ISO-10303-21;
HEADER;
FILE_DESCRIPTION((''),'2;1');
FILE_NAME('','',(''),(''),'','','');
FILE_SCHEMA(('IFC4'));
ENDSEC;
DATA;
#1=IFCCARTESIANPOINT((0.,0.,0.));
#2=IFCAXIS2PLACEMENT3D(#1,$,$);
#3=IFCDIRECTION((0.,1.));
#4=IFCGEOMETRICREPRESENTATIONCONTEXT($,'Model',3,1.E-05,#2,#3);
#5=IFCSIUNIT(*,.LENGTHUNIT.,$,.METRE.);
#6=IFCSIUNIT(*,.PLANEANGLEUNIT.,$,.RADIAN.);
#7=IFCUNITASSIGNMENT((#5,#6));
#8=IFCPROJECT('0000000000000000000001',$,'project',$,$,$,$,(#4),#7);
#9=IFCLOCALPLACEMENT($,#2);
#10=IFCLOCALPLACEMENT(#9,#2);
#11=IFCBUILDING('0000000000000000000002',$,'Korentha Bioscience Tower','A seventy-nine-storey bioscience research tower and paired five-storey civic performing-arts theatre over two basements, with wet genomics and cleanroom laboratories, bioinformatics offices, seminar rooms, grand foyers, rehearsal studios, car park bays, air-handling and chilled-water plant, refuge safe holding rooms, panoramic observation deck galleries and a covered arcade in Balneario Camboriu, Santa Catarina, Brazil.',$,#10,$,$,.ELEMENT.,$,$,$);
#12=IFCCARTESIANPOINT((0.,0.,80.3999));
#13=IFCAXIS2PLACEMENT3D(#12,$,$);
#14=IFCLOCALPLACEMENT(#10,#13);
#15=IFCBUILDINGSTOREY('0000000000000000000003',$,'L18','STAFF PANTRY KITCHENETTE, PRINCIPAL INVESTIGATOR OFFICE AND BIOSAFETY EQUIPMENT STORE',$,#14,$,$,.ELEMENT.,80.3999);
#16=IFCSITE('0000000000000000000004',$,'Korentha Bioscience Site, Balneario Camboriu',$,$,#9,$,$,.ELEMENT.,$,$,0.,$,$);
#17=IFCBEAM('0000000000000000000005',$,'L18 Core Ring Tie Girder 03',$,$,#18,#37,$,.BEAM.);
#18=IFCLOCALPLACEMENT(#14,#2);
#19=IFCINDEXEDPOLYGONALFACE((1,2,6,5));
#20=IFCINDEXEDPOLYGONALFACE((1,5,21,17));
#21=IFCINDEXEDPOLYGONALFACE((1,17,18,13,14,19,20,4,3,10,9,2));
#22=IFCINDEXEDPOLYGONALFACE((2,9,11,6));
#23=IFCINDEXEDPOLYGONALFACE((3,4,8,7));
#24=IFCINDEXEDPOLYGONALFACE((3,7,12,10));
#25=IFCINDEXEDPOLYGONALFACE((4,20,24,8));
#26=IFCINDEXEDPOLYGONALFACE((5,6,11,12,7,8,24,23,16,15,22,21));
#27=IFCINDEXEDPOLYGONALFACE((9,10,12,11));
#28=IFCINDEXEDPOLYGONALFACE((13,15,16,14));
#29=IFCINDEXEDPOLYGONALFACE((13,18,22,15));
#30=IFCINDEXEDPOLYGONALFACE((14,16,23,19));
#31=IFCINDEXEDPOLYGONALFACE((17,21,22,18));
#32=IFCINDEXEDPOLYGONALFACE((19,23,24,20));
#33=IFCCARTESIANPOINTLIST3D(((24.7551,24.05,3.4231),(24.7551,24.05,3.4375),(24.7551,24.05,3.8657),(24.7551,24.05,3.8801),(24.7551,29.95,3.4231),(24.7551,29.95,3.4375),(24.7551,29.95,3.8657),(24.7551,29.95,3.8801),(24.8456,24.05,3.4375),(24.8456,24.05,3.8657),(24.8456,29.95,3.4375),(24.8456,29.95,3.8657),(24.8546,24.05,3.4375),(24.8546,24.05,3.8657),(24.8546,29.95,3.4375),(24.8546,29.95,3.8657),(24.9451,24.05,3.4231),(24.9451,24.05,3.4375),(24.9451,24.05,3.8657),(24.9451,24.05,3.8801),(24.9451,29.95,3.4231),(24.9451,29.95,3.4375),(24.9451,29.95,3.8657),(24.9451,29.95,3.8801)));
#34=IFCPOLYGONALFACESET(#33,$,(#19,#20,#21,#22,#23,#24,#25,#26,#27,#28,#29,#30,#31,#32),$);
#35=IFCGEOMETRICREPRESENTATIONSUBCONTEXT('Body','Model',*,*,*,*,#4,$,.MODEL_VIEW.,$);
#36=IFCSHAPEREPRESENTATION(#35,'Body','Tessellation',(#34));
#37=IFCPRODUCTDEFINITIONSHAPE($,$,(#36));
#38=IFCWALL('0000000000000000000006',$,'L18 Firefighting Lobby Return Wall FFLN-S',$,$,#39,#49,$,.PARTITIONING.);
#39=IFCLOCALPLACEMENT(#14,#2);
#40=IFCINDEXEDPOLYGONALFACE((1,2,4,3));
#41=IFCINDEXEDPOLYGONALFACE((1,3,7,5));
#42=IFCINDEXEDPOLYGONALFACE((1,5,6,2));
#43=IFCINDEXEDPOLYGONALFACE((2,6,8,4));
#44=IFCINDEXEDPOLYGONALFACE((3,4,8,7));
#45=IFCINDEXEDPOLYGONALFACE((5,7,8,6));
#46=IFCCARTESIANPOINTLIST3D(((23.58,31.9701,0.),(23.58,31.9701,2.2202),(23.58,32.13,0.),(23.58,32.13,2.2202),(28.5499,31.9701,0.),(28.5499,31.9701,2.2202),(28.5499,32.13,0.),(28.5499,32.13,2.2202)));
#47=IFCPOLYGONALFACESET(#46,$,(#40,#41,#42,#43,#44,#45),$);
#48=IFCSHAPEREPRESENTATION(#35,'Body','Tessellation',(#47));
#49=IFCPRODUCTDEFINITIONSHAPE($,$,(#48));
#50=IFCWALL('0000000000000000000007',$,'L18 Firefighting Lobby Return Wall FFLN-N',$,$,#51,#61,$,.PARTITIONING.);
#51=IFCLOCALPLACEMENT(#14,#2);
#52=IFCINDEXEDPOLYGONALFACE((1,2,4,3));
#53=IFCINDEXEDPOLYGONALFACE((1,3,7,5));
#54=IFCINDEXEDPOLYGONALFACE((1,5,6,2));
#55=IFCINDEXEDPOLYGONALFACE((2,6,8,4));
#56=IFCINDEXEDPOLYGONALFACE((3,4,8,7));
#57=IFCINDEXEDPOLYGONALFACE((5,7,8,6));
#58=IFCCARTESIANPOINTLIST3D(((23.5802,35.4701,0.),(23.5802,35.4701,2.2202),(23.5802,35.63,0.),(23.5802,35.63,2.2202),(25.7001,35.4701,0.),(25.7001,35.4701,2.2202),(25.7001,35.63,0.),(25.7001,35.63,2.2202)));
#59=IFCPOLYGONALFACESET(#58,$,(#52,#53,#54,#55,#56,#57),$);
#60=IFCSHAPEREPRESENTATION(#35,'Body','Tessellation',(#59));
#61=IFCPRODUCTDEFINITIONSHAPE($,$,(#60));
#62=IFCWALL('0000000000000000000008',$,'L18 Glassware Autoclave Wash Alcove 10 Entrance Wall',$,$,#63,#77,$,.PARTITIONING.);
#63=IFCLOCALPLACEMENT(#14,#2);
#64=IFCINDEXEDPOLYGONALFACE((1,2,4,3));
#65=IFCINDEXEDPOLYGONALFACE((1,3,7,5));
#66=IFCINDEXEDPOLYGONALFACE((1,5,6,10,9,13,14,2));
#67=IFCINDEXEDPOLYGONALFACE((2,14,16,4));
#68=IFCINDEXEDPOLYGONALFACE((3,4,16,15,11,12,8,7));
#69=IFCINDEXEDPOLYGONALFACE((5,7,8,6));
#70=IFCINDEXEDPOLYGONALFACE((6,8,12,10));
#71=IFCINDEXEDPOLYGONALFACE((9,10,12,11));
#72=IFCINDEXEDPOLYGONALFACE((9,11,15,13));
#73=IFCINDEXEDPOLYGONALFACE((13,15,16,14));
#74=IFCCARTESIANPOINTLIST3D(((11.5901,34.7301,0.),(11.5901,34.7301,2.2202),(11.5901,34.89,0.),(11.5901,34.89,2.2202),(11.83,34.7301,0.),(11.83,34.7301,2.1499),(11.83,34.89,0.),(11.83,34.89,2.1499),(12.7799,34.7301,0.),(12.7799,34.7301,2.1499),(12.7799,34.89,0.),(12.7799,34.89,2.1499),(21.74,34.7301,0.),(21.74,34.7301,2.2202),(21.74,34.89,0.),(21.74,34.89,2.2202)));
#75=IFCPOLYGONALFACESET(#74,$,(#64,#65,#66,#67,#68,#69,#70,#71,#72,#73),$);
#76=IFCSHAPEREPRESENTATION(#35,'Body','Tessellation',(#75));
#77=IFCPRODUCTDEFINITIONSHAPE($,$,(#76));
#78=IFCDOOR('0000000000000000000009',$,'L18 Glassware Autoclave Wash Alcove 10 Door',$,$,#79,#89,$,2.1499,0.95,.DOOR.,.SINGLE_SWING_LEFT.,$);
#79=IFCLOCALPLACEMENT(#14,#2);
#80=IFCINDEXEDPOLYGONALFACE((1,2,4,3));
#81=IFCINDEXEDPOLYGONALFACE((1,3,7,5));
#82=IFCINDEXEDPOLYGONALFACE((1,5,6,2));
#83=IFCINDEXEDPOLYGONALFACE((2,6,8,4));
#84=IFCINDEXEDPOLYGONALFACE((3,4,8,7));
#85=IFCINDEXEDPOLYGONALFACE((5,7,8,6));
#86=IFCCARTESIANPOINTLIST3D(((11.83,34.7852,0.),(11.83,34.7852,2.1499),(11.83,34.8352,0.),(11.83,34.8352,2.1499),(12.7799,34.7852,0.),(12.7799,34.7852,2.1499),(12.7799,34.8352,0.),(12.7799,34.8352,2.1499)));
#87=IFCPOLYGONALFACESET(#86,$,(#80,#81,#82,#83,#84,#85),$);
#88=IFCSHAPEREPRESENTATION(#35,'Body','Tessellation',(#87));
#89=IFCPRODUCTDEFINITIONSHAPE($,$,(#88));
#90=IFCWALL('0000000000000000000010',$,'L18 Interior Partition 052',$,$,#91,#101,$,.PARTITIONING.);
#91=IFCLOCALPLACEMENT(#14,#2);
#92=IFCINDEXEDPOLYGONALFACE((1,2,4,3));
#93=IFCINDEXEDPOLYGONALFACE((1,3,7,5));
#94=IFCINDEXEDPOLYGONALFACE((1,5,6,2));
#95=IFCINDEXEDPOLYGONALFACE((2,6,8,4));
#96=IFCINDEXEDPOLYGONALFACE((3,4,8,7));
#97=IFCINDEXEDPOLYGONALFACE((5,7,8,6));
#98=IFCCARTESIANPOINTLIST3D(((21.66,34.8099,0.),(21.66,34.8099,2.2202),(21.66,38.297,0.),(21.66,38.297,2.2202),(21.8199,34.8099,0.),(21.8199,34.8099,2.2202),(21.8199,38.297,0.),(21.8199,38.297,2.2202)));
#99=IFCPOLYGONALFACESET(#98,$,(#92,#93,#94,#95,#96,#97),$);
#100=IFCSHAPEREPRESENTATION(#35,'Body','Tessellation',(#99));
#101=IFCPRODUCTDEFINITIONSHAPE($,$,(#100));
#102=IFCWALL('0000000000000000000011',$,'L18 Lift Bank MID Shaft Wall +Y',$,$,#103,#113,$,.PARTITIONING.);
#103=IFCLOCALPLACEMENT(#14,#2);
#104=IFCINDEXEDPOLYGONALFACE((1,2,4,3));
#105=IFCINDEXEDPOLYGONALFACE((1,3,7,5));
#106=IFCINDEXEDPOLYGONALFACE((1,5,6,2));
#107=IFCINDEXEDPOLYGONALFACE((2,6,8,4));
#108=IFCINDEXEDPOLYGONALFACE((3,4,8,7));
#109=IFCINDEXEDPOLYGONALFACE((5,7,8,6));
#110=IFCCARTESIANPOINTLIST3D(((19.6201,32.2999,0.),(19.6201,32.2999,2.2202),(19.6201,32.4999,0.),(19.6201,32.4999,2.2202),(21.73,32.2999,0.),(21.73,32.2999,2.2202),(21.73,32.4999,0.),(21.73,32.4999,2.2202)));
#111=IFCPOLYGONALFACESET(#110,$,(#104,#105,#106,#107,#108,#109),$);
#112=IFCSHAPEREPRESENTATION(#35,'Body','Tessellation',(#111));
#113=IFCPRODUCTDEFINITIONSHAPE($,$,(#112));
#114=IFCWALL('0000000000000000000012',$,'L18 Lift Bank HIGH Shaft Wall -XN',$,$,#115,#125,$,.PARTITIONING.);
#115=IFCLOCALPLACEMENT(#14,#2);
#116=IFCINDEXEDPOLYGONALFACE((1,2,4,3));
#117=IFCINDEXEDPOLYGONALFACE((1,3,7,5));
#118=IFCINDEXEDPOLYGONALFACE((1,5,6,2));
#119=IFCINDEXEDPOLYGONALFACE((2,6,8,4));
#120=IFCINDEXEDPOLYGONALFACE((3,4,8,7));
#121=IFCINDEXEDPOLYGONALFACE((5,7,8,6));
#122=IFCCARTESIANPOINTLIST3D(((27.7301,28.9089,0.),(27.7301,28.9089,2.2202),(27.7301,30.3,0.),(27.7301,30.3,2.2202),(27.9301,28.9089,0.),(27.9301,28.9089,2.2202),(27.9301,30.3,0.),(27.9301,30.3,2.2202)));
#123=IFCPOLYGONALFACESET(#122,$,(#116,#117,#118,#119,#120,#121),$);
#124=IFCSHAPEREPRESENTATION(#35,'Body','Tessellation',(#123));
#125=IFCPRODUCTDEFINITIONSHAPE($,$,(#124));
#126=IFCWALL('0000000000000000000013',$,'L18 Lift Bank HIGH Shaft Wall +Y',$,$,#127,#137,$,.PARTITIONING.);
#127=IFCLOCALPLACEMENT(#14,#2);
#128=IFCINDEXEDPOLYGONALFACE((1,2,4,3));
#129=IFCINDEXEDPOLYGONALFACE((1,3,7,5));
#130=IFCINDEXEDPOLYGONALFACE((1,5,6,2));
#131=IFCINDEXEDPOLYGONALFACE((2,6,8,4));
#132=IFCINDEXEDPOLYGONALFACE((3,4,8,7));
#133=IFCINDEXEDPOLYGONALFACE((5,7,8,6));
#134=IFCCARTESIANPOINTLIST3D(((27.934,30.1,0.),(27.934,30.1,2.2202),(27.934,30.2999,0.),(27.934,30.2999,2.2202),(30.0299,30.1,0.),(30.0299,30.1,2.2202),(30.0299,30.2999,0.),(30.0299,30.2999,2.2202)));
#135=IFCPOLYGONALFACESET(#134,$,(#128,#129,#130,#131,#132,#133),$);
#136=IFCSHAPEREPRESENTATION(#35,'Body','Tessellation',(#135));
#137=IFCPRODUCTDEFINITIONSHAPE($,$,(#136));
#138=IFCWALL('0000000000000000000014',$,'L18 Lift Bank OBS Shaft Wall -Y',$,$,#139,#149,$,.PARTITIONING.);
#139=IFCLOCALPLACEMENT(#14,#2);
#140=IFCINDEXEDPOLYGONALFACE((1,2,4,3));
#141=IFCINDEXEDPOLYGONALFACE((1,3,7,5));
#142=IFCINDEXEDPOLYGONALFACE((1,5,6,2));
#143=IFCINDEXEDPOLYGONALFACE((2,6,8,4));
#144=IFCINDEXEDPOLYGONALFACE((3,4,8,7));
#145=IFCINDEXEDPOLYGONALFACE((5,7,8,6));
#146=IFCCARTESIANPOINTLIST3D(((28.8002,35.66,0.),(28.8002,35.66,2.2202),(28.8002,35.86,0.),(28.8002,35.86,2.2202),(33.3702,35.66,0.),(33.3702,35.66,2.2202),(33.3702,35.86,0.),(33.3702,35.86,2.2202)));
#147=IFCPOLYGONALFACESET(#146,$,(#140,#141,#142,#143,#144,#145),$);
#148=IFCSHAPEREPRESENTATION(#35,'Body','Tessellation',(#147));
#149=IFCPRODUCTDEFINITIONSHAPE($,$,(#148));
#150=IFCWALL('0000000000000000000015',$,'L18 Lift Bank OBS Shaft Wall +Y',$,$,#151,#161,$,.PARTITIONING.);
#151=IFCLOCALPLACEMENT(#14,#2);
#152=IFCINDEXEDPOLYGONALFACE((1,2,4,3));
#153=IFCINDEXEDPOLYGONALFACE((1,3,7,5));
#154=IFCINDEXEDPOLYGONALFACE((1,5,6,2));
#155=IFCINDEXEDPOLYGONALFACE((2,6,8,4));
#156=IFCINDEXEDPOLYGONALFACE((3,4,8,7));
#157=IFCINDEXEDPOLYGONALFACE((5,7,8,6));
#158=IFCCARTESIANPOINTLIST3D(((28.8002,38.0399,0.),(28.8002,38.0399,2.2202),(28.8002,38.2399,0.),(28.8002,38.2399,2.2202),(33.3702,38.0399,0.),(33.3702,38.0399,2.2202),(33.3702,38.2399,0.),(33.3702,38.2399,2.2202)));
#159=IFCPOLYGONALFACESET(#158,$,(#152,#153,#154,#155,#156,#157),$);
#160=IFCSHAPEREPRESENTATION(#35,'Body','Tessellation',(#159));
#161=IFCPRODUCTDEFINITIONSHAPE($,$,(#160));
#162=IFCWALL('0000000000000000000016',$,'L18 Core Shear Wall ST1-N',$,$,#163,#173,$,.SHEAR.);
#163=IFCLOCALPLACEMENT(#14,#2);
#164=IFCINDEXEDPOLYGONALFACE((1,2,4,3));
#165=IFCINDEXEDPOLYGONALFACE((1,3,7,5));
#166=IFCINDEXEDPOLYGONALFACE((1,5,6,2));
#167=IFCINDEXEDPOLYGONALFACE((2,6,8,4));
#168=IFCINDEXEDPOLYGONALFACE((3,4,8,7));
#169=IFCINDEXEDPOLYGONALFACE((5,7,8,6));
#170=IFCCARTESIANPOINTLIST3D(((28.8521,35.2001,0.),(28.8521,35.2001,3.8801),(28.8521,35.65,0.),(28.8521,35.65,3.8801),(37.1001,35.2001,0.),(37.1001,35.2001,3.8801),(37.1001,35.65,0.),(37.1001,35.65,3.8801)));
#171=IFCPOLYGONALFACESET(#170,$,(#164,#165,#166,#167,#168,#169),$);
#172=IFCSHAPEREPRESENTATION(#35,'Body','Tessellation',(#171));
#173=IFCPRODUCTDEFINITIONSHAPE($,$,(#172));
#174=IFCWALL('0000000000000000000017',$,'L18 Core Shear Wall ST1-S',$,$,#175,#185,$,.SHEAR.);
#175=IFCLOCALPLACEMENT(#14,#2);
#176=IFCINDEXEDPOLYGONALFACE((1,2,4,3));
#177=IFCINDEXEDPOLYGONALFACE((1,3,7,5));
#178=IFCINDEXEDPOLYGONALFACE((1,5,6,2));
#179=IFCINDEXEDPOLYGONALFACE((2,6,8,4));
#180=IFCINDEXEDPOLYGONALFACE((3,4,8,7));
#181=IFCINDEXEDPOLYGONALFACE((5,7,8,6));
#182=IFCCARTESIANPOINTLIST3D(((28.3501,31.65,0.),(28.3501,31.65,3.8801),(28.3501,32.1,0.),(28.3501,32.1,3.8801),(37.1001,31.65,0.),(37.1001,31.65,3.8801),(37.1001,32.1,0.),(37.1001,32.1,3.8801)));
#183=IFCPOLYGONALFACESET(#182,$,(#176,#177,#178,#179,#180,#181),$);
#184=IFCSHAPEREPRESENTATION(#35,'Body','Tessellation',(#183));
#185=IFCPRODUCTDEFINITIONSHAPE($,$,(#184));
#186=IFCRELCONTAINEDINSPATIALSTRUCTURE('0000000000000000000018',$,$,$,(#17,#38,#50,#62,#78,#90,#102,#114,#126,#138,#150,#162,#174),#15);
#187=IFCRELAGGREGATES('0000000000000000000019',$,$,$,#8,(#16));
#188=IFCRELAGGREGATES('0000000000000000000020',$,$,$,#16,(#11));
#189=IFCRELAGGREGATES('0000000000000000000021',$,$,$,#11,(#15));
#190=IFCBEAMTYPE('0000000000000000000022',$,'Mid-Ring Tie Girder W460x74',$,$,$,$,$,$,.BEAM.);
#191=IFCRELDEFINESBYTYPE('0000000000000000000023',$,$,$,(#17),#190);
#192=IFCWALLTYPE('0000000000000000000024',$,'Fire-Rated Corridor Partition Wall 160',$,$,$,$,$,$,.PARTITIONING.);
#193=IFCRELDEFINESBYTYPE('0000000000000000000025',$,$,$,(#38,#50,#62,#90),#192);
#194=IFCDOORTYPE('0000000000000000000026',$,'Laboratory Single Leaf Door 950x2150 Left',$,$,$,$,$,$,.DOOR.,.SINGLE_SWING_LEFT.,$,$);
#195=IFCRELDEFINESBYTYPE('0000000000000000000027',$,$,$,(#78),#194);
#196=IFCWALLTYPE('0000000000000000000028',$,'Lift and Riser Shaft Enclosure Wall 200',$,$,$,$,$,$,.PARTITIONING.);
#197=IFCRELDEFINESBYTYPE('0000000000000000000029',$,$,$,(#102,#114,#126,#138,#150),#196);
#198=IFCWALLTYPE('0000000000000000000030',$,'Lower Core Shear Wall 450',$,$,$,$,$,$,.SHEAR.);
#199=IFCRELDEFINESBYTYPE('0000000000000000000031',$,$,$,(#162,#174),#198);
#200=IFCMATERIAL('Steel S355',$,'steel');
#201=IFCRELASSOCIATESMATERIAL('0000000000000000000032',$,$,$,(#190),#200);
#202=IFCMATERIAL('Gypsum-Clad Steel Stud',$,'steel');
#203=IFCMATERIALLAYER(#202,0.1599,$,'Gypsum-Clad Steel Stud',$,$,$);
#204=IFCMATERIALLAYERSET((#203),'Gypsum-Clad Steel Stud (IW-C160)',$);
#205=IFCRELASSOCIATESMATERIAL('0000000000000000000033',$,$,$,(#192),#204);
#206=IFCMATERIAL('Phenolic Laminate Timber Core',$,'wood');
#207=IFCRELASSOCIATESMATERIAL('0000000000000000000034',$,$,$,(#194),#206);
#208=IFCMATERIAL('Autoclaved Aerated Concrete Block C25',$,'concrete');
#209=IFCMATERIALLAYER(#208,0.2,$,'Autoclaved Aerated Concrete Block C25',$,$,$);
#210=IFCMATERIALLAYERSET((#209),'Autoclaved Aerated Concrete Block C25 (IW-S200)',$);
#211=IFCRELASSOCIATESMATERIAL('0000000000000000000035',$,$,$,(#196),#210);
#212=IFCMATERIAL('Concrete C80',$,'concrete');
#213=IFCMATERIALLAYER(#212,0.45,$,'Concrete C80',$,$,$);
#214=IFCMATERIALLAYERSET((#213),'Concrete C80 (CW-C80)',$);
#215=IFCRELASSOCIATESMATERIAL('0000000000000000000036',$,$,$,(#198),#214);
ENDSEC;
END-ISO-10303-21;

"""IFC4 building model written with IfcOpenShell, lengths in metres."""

from ifc_helpers import new_model, si_unit, direction, frame, frame_2d, origin, origin_2d, place, context, subcontext, project, spatial, rectangle, i_section, extrude, material, layer, layer_set, material_profile, profile_set, type_object, element, fill, save


model = new_model("IFC4")

# Units and contexts
model_context = context("Model", 3, precision=1e-05, world=origin(), true_north=direction((0.0, 1.0)))
body_context = subcontext(model_context, "Body", "Model", "MODEL_VIEW")
ifc_project = project(units=[si_unit("LENGTHUNIT", "METRE"), si_unit("PLANEANGLEUNIT", "RADIAN")], contexts=[model_context])

# Site, building, storey
site_placement = place(None, origin())
site = spatial("IfcSite", under=ifc_project, at=site_placement, Name="Korentha Bioscience Site, Balneario Camboriu", CompositionType="ELEMENT", RefElevation=0.0)
building_placement = place(site_placement, origin())
building = spatial("IfcBuilding", under=site, at=building_placement, Name="Korentha Bioscience Tower", Description="A seventy-nine-storey bioscience research tower and paired five-storey civic performing-arts theatre over two basements, with wet genomics and cleanroom laboratories, bioinformatics offices, seminar rooms, grand foyers, rehearsal studios, car park bays, air-handling and chilled-water plant, refuge safe holding rooms, panoramic observation deck galleries and a covered arcade in Balneario Camboriu, Santa Catarina, Brazil.", CompositionType="ELEMENT")
storey_placement = place(building_placement, frame((0.0, 0.0, 80.3999)))
storey = spatial("IfcBuildingStorey", under=building, at=storey_placement, Name="L18", Description="STAFF PANTRY KITCHENETTE, PRINCIPAL INVESTIGATOR OFFICE AND BIOSAFETY EQUIPMENT STORE", CompositionType="ELEMENT", Elevation=80.3999)

# Shared definitions
ifc_material_1 = material(Name="Concrete C80", Category="concrete")

# Beam
ifc_material_2 = material(Name="Steel S355", Category="steel")
ifc_material_profile_1 = material_profile(ifc_material_2, i_section(OverallWidth=0.1899, OverallDepth=0.457, WebThickness=0.009, FlangeThickness=0.0144, at=origin_2d()), Name="Steel S355")
ifc_profile_set_1 = profile_set([ifc_material_profile_1], Name="Steel S355 (MB-460)")
beam_type_1 = type_object("IfcBeamType", Name="Mid-Ring Tie Girder W460x74", PredefinedType="BEAM", material=ifc_profile_set_1)
beam_1_placement = place(storey_placement, frame((24.8501, 29.95, 3.6516), z_axis=(0.0, -1.0, 0.0), x_axis=(1.0, 0.0, 0.0)))
element("IfcBeam", 1, at=beam_1_placement, inside=storey, type_object=beam_type_1, Name="L18 Core Ring Tie Girder 03", PredefinedType="BEAM", context=body_context, shape_type="SweptSolid", body=[
    extrude(i_section(OverallWidth=0.1899, OverallDepth=0.457, WebThickness=0.009, FlangeThickness=0.0144, at=origin_2d()), origin(), (0.0, 0.0, 1.0), 5.8999),
])

# Shared definitions
ifc_material_3 = material(Name="Gypsum-Clad Steel Stud", Category="steel")
ifc_layer_1 = layer(ifc_material_3, 0.1599, Name="Gypsum-Clad Steel Stud")
ifc_layer_set_1 = layer_set([ifc_layer_1], Name="Gypsum-Clad Steel Stud (IW-C160)")
wall_type_1 = type_object("IfcWallType", Name="Fire-Rated Corridor Partition Wall 160", PredefinedType="PARTITIONING", material=ifc_layer_set_1)

# Walls
wall_1_placement = place(storey_placement, frame((23.5801, 32.05, 0.0), z_axis=(0.0, 0.0, 1.0), x_axis=(1.0, 0.0, 0.0)))
element("IfcWall", 2, at=wall_1_placement, inside=storey, type_object=wall_type_1, Name="L18 Firefighting Lobby Return Wall FFLN-S", PredefinedType="PARTITIONING", context=body_context, shape_type="SweptSolid", body=[
    extrude(rectangle(XDim=4.97, YDim=0.1599, at=frame_2d((2.4849, 0.0))), origin(), (0.0, 0.0, 1.0), 2.2202),
])
wall_2_placement = place(storey_placement, frame((23.5801, 35.55, 0.0), z_axis=(0.0, 0.0, 1.0), x_axis=(1.0, 0.0, 0.0)))
element("IfcWall", 3, at=wall_2_placement, inside=storey, type_object=wall_type_1, Name="L18 Firefighting Lobby Return Wall FFLN-N", PredefinedType="PARTITIONING", context=body_context, shape_type="SweptSolid", body=[
    extrude(rectangle(XDim=2.1199, YDim=0.1599, at=frame_2d((1.0601, 0.0))), origin(), (0.0, 0.0, 1.0), 2.2202),
])

# Wall, opening, door
wall_3_placement = place(storey_placement, frame((21.74, 34.8101, 0.0), z_axis=(0.0, 0.0, 1.0), x_axis=(-1.0, 0.0, 0.0)))
wall_3 = element("IfcWall", 4, at=wall_3_placement, inside=storey, type_object=wall_type_1, Name="L18 Glassware Autoclave Wash Alcove 10 Entrance Wall", PredefinedType="PARTITIONING", context=body_context, shape_type="SweptSolid", body=[
    extrude(rectangle(XDim=10.1499, YDim=0.1599, at=frame_2d((5.075, 0.0))), origin(), (0.0, 0.0, 1.0), 2.2202),
])
opening_1_placement = place(wall_3_placement, frame((8.96, 0.0, 0.0)))
opening_1 = element("IfcOpeningElement", 5, at=opening_1_placement, cuts=wall_3, PredefinedType="OPENING", context=body_context, shape_type="SweptSolid", body=[
    extrude(rectangle(XDim=0.95, YDim=2.1499, at=frame_2d((0.4751, 1.075))), frame((0.0, 0.0947, 0.0), z_axis=(0.0, -1.0, 0.0), x_axis=(1.0, 0.0, 0.0)), (0.0, 0.0, 1.0), 0.1897),
])
ifc_material_4 = material(Name="Phenolic Laminate Timber Core", Category="wood")
door_type_1 = type_object("IfcDoorType", Name="Laboratory Single Leaf Door 950x2150 Left", OperationType="SINGLE_SWING_LEFT", PredefinedType="DOOR", material=ifc_material_4)
door_1_placement = place(opening_1_placement, origin())
door_1 = element("IfcDoor", 6, at=door_1_placement, inside=storey, type_object=door_type_1, Name="L18 Glassware Autoclave Wash Alcove 10 Door", OperationType="SINGLE_SWING_LEFT", OverallHeight=2.1499, OverallWidth=0.95, PredefinedType="DOOR", context=body_context, shape_type="SweptSolid", body=[
    extrude(rectangle(XDim=0.95, YDim=2.1499, at=frame_2d((0.4751, 1.075))), frame((0.0, 0.0249, 0.0), z_axis=(0.0, -1.0, 0.0), x_axis=(1.0, 0.0, 0.0)), (0.0, 0.0, 1.0), 0.05),
])
fill(opening_1, door_1)

# Walls
wall_4_placement = place(storey_placement, frame((21.74, 38.2971, 0.0), z_axis=(0.0, 0.0, 1.0), x_axis=(0.0, -1.0, 0.0)))
element("IfcWall", 7, at=wall_4_placement, inside=storey, type_object=wall_type_1, Name="L18 Interior Partition 052", PredefinedType="PARTITIONING", context=body_context, shape_type="SweptSolid", body=[
    extrude(rectangle(XDim=3.4871, YDim=0.1599, at=frame_2d((1.7437, 0.0))), origin(), (0.0, 0.0, 1.0), 2.2202),
])
ifc_material_5 = material(Name="Autoclaved Aerated Concrete Block C25", Category="concrete")
ifc_layer_2 = layer(ifc_material_5, 0.2, Name="Autoclaved Aerated Concrete Block C25")
ifc_layer_set_2 = layer_set([ifc_layer_2], Name="Autoclaved Aerated Concrete Block C25 (IW-S200)")
wall_type_2 = type_object("IfcWallType", Name="Lift and Riser Shaft Enclosure Wall 200", PredefinedType="PARTITIONING", material=ifc_layer_set_2)
wall_5_placement = place(storey_placement, frame((19.6201, 32.3999, 0.0), z_axis=(0.0, 0.0, 1.0), x_axis=(1.0, 0.0, 0.0)))
element("IfcWall", 8, at=wall_5_placement, inside=storey, type_object=wall_type_2, Name="L18 Lift Bank MID Shaft Wall +Y", PredefinedType="PARTITIONING", context=body_context, shape_type="SweptSolid", body=[
    extrude(rectangle(XDim=2.1099, YDim=0.2, at=frame_2d((1.0549, 0.0))), origin(), (0.0, 0.0, 1.0), 2.2202),
])
wall_6_placement = place(storey_placement, frame((27.8301, 28.9089, 0.0), z_axis=(0.0, 0.0, 1.0), x_axis=(0.0, 1.0, 0.0)))
element("IfcWall", 9, at=wall_6_placement, inside=storey, type_object=wall_type_2, Name="L18 Lift Bank HIGH Shaft Wall -XN", PredefinedType="PARTITIONING", context=body_context, shape_type="SweptSolid", body=[
    extrude(rectangle(XDim=1.3911, YDim=0.2, at=frame_2d((0.6956, 0.0))), origin(), (0.0, 0.0, 1.0), 2.2202),
])
wall_7_placement = place(storey_placement, frame((27.9341, 30.2, 0.0), z_axis=(0.0, 0.0, 1.0), x_axis=(1.0, 0.0, 0.0)))
element("IfcWall", 10, at=wall_7_placement, inside=storey, type_object=wall_type_2, Name="L18 Lift Bank HIGH Shaft Wall +Y", PredefinedType="PARTITIONING", context=body_context, shape_type="SweptSolid", body=[
    extrude(rectangle(XDim=2.0959, YDim=0.2, at=frame_2d((1.0479, 0.0))), origin(), (0.0, 0.0, 1.0), 2.2202),
])
for number, where, z_axis, x_axis, name in (
    (11, (28.8, 35.76, 0.0), (0.0, 0.0, 1.0), (1.0, 0.0, 0.0), "L18 Lift Bank OBS Shaft Wall -Y"),
    (12, (28.8, 38.1399, 0.0), (0.0, 0.0, 1.0), (1.0, 0.0, 0.0), "L18 Lift Bank OBS Shaft Wall +Y"),
):
    element("IfcWall", number, at=place(storey_placement, frame(where, z_axis=z_axis, x_axis=x_axis)), inside=storey, type_object=wall_type_2, Name=name, PredefinedType="PARTITIONING", context=body_context, shape_type="SweptSolid", body=[
        extrude(rectangle(XDim=4.5701, YDim=0.2, at=frame_2d((2.2852, 0.0))), origin(), (0.0, 0.0, 1.0), 2.2202),
    ])
ifc_layer_3 = layer(ifc_material_1, 0.45, Name="Concrete C80")
ifc_layer_set_3 = layer_set([ifc_layer_3], Name="Concrete C80 (CW-C80)")
wall_type_3 = type_object("IfcWallType", Name="Lower Core Shear Wall 450", PredefinedType="SHEAR", material=ifc_layer_set_3)
wall_8_placement = place(storey_placement, frame((28.8521, 35.425, 0.0), z_axis=(0.0, 0.0, 1.0), x_axis=(1.0, 0.0, 0.0)))
element("IfcWall", 13, at=wall_8_placement, inside=storey, type_object=wall_type_3, Name="L18 Core Shear Wall ST1-N", PredefinedType="SHEAR", context=body_context, shape_type="SweptSolid", body=[
    extrude(rectangle(XDim=8.248, YDim=0.45, at=frame_2d((4.124, 0.0))), origin(), (0.0, 0.0, 1.0), 3.8801),
])
wall_9_placement = place(storey_placement, frame((28.3501, 31.875, 0.0), z_axis=(0.0, 0.0, 1.0), x_axis=(1.0, 0.0, 0.0)))
element("IfcWall", 14, at=wall_9_placement, inside=storey, type_object=wall_type_3, Name="L18 Core Shear Wall ST1-S", PredefinedType="SHEAR", context=body_context, shape_type="SweptSolid", body=[
    extrude(rectangle(XDim=8.75, YDim=0.45, at=frame_2d((4.375, 0.0))), origin(), (0.0, 0.0, 1.0), 3.8801),
])

save(model, "model.ifc")
